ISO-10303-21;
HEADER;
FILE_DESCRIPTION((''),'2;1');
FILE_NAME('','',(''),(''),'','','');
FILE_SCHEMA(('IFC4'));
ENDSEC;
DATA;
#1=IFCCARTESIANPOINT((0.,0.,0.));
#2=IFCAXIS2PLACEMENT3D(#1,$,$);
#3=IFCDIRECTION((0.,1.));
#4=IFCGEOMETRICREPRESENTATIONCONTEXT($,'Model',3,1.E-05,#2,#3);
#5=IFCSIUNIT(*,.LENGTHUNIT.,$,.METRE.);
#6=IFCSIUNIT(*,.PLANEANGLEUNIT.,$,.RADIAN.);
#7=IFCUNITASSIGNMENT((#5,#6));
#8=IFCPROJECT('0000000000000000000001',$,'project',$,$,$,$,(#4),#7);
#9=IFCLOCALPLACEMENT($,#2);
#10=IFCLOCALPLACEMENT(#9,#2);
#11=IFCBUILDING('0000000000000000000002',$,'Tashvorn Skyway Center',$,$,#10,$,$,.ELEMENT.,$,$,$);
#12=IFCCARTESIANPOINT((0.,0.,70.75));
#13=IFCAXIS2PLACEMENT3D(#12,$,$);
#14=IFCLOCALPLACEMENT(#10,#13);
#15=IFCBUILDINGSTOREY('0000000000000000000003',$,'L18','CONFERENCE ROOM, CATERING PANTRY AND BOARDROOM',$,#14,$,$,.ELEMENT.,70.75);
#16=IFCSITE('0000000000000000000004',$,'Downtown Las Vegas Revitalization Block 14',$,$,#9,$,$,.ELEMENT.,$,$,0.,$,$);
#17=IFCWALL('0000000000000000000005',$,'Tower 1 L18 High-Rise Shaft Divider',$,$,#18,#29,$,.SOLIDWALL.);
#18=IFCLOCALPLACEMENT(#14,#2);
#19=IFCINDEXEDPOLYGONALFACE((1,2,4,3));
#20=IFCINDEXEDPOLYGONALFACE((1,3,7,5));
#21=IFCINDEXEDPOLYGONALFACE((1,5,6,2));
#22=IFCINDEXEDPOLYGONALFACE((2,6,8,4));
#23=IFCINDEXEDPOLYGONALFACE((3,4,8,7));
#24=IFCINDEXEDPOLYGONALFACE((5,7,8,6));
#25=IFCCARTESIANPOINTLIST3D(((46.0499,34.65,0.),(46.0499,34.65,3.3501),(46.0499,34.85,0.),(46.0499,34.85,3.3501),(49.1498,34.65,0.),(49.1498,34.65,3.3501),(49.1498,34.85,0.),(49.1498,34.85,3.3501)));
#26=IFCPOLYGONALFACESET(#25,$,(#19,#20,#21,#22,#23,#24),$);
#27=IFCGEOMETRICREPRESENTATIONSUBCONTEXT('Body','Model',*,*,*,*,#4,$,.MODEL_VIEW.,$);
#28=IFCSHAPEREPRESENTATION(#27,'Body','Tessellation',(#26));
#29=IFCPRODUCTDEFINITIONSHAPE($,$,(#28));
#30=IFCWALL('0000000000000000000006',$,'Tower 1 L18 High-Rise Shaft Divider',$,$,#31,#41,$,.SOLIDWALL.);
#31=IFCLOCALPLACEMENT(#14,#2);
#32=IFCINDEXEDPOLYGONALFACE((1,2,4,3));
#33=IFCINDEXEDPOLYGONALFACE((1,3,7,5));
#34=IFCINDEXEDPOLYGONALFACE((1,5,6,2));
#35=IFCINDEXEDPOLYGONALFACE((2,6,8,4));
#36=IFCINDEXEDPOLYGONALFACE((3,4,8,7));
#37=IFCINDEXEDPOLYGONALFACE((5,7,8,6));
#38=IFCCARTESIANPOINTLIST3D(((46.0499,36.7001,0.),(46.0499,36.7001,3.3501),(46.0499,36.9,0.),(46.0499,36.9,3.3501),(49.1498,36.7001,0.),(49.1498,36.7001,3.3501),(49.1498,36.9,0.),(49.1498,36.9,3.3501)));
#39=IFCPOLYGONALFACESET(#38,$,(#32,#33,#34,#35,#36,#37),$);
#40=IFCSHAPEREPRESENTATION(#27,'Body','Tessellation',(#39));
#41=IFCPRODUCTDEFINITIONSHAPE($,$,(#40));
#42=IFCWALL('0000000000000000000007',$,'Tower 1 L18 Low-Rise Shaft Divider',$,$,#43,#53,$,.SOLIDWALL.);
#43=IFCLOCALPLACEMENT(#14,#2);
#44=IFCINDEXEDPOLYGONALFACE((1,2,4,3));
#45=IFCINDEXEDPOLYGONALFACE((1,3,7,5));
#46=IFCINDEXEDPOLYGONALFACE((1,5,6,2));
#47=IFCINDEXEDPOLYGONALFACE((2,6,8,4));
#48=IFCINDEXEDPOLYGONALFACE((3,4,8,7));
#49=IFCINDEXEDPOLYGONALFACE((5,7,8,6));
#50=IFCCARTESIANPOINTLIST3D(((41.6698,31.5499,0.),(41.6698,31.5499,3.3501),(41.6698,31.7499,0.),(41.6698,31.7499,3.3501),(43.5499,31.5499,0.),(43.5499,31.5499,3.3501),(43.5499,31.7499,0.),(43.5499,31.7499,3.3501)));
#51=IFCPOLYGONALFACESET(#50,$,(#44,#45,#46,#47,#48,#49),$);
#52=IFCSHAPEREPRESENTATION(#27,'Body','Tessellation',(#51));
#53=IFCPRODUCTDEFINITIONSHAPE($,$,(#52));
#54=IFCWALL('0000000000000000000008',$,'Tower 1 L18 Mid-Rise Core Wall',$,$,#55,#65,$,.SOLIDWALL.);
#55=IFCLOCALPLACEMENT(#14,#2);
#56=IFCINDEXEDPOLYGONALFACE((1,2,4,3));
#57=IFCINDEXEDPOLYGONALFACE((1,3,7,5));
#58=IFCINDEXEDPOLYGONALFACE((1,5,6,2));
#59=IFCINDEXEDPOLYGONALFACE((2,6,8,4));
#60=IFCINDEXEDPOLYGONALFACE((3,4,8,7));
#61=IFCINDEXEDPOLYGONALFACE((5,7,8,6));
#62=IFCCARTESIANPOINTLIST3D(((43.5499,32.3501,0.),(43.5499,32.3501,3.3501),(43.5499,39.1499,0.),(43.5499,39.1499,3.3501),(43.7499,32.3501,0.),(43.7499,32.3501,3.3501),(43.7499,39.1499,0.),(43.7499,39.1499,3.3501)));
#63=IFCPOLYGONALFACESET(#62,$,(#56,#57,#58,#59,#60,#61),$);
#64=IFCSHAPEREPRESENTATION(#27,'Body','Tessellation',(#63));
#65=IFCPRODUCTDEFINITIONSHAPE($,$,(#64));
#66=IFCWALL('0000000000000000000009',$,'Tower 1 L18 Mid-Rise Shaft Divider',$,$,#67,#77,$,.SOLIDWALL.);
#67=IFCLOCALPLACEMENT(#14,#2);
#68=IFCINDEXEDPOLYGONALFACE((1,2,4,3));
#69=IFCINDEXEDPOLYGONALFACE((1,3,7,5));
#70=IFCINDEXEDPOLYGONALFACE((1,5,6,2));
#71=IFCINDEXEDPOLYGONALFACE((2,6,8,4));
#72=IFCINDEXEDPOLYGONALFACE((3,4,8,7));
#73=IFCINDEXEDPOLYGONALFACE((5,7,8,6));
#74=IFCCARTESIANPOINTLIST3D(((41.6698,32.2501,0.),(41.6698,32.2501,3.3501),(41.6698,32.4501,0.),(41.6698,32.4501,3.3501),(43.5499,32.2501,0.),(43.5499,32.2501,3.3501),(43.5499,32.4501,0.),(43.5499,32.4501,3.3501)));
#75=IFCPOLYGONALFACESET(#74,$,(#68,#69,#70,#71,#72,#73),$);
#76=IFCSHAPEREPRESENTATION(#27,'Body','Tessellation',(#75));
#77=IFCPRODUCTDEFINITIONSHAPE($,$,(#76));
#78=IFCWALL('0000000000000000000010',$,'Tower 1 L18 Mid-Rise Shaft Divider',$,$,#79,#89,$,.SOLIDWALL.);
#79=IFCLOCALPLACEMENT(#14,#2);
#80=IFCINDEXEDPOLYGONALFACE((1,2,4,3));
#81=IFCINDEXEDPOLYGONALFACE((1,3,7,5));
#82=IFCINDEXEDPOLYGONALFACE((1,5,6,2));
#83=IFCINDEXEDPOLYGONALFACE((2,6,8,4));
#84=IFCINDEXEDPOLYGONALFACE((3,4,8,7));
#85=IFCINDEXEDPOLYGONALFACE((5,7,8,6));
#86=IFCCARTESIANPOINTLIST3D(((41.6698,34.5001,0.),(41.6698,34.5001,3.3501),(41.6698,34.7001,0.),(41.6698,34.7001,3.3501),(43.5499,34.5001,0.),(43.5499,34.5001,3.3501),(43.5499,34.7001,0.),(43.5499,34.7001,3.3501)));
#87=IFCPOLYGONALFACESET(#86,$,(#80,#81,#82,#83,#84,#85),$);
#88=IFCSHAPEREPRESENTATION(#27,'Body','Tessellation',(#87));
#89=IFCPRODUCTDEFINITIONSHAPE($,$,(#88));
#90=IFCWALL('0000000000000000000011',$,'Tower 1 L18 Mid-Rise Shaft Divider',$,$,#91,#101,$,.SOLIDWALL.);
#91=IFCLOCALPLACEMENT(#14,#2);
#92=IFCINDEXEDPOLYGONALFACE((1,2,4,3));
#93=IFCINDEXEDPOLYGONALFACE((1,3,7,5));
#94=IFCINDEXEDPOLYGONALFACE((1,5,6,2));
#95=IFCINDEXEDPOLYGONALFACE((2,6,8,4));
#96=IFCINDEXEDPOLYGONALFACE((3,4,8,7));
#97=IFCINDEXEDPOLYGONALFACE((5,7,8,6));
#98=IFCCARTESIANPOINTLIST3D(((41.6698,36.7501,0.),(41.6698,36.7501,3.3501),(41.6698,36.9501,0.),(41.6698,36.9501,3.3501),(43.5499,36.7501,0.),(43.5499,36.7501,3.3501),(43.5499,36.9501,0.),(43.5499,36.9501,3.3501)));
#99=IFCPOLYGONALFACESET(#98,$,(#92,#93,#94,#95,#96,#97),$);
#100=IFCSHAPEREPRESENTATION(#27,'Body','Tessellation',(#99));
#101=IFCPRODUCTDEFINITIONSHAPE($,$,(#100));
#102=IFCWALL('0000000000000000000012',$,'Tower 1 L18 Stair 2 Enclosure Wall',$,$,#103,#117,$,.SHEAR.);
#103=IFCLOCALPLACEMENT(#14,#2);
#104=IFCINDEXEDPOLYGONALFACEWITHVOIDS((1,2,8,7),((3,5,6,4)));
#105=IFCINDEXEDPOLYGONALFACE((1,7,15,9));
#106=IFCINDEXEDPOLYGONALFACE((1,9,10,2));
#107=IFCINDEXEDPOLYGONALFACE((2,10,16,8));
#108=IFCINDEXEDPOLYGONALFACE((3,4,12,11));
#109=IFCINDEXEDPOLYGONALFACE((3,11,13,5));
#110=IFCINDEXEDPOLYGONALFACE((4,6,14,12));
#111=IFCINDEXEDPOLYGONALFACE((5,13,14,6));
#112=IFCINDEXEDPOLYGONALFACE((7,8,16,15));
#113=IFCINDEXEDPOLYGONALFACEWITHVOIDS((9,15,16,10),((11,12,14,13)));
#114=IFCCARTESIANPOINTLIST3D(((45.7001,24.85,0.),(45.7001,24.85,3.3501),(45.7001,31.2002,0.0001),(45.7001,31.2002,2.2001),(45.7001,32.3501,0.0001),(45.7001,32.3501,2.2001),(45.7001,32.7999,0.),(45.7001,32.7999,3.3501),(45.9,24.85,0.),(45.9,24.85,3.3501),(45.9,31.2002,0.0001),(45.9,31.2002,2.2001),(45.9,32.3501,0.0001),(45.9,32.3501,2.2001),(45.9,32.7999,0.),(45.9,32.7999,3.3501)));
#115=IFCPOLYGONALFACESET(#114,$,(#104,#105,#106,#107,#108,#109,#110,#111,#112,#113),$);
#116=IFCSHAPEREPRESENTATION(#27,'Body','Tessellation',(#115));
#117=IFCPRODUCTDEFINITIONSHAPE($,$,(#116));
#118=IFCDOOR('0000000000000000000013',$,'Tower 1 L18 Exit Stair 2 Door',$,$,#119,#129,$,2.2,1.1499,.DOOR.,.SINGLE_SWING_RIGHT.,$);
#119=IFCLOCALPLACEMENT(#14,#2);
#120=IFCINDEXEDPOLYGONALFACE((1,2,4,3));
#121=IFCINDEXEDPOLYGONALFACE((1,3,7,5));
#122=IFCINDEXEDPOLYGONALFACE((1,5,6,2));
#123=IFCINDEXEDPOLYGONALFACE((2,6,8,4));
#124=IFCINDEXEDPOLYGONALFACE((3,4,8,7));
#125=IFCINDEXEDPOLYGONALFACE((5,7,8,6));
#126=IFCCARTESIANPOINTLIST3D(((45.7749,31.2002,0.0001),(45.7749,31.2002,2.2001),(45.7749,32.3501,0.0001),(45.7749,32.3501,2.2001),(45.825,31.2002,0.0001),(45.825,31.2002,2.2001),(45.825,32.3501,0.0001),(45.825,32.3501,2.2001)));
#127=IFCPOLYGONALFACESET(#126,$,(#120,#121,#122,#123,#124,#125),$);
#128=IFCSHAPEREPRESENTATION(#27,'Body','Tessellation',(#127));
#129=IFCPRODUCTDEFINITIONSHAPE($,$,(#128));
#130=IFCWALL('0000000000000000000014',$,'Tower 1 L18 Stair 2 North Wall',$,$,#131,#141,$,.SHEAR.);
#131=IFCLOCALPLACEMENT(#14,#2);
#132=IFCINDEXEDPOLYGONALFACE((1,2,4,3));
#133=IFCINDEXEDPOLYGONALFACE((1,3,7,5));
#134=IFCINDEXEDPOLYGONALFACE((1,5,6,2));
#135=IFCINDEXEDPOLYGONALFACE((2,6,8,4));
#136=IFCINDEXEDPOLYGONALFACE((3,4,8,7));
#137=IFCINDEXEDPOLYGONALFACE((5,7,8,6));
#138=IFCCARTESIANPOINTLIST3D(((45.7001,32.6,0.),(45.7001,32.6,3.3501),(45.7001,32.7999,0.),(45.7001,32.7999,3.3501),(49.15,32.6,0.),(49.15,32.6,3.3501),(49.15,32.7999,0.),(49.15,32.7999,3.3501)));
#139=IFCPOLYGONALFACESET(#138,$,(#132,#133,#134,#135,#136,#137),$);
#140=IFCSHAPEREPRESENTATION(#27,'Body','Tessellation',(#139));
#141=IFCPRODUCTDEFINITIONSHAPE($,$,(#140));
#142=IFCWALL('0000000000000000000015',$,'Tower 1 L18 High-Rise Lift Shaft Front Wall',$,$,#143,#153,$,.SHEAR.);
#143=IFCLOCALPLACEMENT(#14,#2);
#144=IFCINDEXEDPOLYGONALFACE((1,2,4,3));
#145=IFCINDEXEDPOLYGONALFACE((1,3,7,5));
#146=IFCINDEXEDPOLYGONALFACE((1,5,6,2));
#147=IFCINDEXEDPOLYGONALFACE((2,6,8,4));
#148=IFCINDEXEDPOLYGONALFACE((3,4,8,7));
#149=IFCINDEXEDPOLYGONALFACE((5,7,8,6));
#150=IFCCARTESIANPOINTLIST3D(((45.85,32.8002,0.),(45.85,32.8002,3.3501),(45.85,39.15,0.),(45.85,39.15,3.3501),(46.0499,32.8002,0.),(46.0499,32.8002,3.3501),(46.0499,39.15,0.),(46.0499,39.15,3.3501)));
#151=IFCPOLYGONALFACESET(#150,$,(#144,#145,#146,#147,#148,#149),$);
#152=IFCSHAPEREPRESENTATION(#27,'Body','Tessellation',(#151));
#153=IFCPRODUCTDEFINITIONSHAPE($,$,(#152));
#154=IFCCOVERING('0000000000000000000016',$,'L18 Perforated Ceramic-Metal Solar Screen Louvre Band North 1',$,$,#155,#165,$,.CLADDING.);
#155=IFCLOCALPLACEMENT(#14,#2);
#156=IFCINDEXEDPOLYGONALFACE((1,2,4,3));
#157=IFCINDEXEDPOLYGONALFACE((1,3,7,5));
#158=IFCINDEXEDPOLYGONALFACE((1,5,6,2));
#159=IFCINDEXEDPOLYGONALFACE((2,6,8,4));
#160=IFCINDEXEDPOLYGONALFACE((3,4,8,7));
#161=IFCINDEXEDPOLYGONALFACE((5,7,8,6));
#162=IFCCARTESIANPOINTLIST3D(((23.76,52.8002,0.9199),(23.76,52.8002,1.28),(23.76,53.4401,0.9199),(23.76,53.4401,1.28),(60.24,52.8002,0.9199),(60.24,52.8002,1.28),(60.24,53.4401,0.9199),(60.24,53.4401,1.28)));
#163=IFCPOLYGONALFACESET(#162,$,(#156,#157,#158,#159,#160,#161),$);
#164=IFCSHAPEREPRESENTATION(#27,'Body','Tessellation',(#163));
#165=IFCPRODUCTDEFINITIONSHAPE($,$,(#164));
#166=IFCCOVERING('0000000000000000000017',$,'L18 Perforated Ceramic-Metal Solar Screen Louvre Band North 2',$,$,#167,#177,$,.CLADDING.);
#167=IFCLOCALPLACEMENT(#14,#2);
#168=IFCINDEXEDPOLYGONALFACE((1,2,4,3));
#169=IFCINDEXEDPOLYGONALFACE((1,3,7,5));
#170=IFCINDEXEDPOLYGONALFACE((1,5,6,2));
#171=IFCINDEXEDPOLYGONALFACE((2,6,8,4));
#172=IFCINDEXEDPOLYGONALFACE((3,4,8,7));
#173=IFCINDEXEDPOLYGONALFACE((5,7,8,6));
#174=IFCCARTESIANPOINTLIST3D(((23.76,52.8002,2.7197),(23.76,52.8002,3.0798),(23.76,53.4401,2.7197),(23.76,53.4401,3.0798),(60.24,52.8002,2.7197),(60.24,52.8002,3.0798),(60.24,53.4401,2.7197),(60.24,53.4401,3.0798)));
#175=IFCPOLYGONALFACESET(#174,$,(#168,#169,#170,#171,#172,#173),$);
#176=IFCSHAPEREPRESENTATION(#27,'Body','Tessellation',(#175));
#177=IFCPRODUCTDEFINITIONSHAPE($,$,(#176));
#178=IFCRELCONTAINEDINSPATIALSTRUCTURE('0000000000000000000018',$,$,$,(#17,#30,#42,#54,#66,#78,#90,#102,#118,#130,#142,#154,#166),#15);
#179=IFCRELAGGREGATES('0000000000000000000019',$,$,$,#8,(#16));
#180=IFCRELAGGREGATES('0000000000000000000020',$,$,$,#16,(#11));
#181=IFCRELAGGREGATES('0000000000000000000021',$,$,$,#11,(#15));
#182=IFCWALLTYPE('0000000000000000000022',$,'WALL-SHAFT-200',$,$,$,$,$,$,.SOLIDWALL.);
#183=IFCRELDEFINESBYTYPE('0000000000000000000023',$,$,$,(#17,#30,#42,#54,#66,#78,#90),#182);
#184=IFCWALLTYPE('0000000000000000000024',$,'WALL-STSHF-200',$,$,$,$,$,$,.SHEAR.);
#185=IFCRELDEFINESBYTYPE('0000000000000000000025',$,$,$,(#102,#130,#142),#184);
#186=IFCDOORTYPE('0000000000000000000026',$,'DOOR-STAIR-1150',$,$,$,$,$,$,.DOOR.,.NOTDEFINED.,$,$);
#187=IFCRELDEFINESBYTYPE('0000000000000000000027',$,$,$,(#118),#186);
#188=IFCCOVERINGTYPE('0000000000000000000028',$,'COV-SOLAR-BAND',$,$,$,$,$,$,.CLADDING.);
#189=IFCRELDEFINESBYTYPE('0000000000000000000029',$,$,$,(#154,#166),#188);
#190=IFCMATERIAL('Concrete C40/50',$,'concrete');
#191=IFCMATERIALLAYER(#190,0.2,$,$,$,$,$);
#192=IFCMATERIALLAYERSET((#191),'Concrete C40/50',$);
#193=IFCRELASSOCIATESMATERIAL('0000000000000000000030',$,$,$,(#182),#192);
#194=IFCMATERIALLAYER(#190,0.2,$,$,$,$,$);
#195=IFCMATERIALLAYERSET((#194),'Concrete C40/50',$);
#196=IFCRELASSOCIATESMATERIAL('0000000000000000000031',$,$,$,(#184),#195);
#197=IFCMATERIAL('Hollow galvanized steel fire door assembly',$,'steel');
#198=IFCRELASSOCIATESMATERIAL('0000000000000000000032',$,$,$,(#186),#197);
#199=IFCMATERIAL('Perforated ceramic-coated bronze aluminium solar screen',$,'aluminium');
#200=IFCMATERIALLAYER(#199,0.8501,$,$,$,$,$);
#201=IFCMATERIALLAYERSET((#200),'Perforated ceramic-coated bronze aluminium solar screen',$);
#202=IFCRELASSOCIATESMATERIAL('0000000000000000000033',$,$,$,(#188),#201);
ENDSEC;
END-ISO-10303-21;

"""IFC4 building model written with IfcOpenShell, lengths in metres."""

from ifc_helpers import new_model, si_unit, direction, frame, frame_2d, origin, origin_2d, place, context, subcontext, project, spatial, rectangle, extrude, material, layer, layer_set, type_object, element, fill, save


model = new_model("IFC4")

# Units and contexts
model_context = context("Model", 3, precision=1e-05, world=origin(), true_north=direction((0.0, 1.0)))
body_context = subcontext(model_context, "Body", "Model", "MODEL_VIEW")
ifc_project = project(units=[si_unit("LENGTHUNIT", "METRE"), si_unit("PLANEANGLEUNIT", "RADIAN")], contexts=[model_context])

# Site, building, storey
site_placement = place(None, origin())
site = spatial("IfcSite", under=ifc_project, at=site_placement, Name="Downtown Las Vegas Revitalization Block 14", CompositionType="ELEMENT", RefElevation=0.0)
building_placement = place(site_placement, origin())
building = spatial("IfcBuilding", under=site, at=building_placement, Name="Tashvorn Skyway Center", CompositionType="ELEMENT")
storey_placement = place(building_placement, frame((0.0, 0.0, 70.75)))
storey = spatial("IfcBuildingStorey", under=building, at=storey_placement, Name="L18", Description="CONFERENCE ROOM, CATERING PANTRY AND BOARDROOM", CompositionType="ELEMENT", Elevation=70.75)

# Shared definitions
ifc_material_1 = material(Name="Concrete C40/50", Category="concrete")
ifc_material_2 = material(Name="Hollow galvanized steel fire door assembly", Category="steel")

# Walls
ifc_layer_1 = layer(ifc_material_1, 0.2)
ifc_layer_set_1 = layer_set([ifc_layer_1], Name="Concrete C40/50")
wall_type_1 = type_object("IfcWallType", Name="WALL-SHAFT-200", PredefinedType="SOLIDWALL", material=ifc_layer_set_1)
for number, where, z_axis, x_axis, name in (
    (1, (46.05, 34.75, 0.0), (0.0, 0.0, 1.0), (1.0, 0.0, 0.0), "Tower 1 L18 High-Rise Shaft Divider"),
    (2, (46.05, 36.8, 0.0), (0.0, 0.0, 1.0), (1.0, 0.0, 0.0), "Tower 1 L18 High-Rise Shaft Divider"),
):
    element("IfcWall", number, at=place(storey_placement, frame(where, z_axis=z_axis, x_axis=x_axis)), inside=storey, type_object=wall_type_1, Name=name, PredefinedType="SOLIDWALL", context=body_context, shape_type="SweptSolid", body=[
        extrude(rectangle(XDim=3.0999, YDim=0.2, at=frame_2d((1.5498, 0.0))), origin(), (0.0, 0.0, 1.0), 3.3501),
    ])
wall_1_placement = place(storey_placement, frame((41.6699, 31.6499, 0.0), z_axis=(0.0, 0.0, 1.0), x_axis=(1.0, 0.0, 0.0)))
element("IfcWall", 3, at=wall_1_placement, inside=storey, type_object=wall_type_1, Name="Tower 1 L18 Low-Rise Shaft Divider", PredefinedType="SOLIDWALL", context=body_context, shape_type="SweptSolid", body=[
    extrude(rectangle(XDim=1.8801, YDim=0.2, at=frame_2d((0.9399, 0.0))), origin(), (0.0, 0.0, 1.0), 3.3501),
])
wall_2_placement = place(storey_placement, frame((43.6499, 32.3501, 0.0), z_axis=(0.0, 0.0, 1.0), x_axis=(0.0, 1.0, 0.0)))
element("IfcWall", 4, at=wall_2_placement, inside=storey, type_object=wall_type_1, Name="Tower 1 L18 Mid-Rise Core Wall", PredefinedType="SOLIDWALL", context=body_context, shape_type="SweptSolid", body=[
    extrude(rectangle(XDim=6.7998, YDim=0.2, at=frame_2d((3.3999, 0.0))), origin(), (0.0, 0.0, 1.0), 3.3501),
])
for number, where, z_axis, x_axis, name in (
    (5, (41.6699, 32.3501, 0.0), (0.0, 0.0, 1.0), (1.0, 0.0, 0.0), "Tower 1 L18 Mid-Rise Shaft Divider"),
    (6, (41.6699, 34.6001, 0.0), (0.0, 0.0, 1.0), (1.0, 0.0, 0.0), "Tower 1 L18 Mid-Rise Shaft Divider"),
    (7, (41.6699, 36.8501, 0.0), (0.0, 0.0, 1.0), (1.0, 0.0, 0.0), "Tower 1 L18 Mid-Rise Shaft Divider"),
):
    element("IfcWall", number, at=place(storey_placement, frame(where, z_axis=z_axis, x_axis=x_axis)), inside=storey, type_object=wall_type_1, Name=name, PredefinedType="SOLIDWALL", context=body_context, shape_type="SweptSolid", body=[
        extrude(rectangle(XDim=1.8801, YDim=0.2, at=frame_2d((0.9399, 0.0))), origin(), (0.0, 0.0, 1.0), 3.3501),
    ])

# Wall, opening, door
ifc_layer_2 = layer(ifc_material_1, 0.2)
ifc_layer_set_2 = layer_set([ifc_layer_2], Name="Concrete C40/50")
wall_type_2 = type_object("IfcWallType", Name="WALL-STSHF-200", PredefinedType="SHEAR", material=ifc_layer_set_2)
wall_3_placement = place(storey_placement, frame((45.8, 32.8, 0.0), z_axis=(0.0, 0.0, 1.0), x_axis=(0.0, -1.0, 0.0)))
wall_3 = element("IfcWall", 8, at=wall_3_placement, inside=storey, type_object=wall_type_2, Name="Tower 1 L18 Stair 2 Enclosure Wall", PredefinedType="SHEAR", context=body_context, shape_type="SweptSolid", body=[
    extrude(rectangle(XDim=7.95, YDim=0.2, at=frame_2d((3.9751, 0.0))), origin(), (0.0, 0.0, 1.0), 3.3501),
])
opening_1_placement = place(wall_3_placement, frame((0.45, 0.0, 0.0)))
opening_1 = element("IfcOpeningElement", 9, at=opening_1_placement, cuts=wall_3, PredefinedType="OPENING", context=body_context, shape_type="SweptSolid", body=[
    extrude(rectangle(XDim=1.1499, YDim=2.2, at=frame_2d((0.575, 1.1001))), frame((0.0, 0.1099, 0.0), z_axis=(0.0, -1.0, 0.0), x_axis=(1.0, 0.0, 0.0)), (0.0, 0.0, 1.0), 0.22),
])
door_type_1 = type_object("IfcDoorType", Name="DOOR-STAIR-1150", OperationType="NOTDEFINED", PredefinedType="DOOR", material=ifc_material_2)
door_1_placement = place(opening_1_placement, origin())
door_1 = element("IfcDoor", 10, at=door_1_placement, inside=storey, type_object=door_type_1, Name="Tower 1 L18 Exit Stair 2 Door", OperationType="SINGLE_SWING_RIGHT", OverallHeight=2.2, OverallWidth=1.1499, PredefinedType="DOOR", context=body_context, shape_type="SweptSolid", body=[
    extrude(rectangle(XDim=1.1499, YDim=2.2, at=frame_2d((0.575, 1.1001))), frame((0.0, 0.0249, 0.0), z_axis=(0.0, -1.0, 0.0), x_axis=(1.0, 0.0, 0.0)), (0.0, 0.0, 1.0), 0.05),
])
fill(opening_1, door_1)

# Walls
wall_4_placement = place(storey_placement, frame((45.7, 32.7, 0.0), z_axis=(0.0, 0.0, 1.0), x_axis=(1.0, 0.0, 0.0)))
element("IfcWall", 11, at=wall_4_placement, inside=storey, type_object=wall_type_2, Name="Tower 1 L18 Stair 2 North Wall", PredefinedType="SHEAR", context=body_context, shape_type="SweptSolid", body=[
    extrude(rectangle(XDim=3.45, YDim=0.2, at=frame_2d((1.7251, 0.0))), origin(), (0.0, 0.0, 1.0), 3.3501),
])
wall_5_placement = place(storey_placement, frame((45.95, 39.1499, 0.0), z_axis=(0.0, 0.0, 1.0), x_axis=(0.0, -1.0, 0.0)))
element("IfcWall", 12, at=wall_5_placement, inside=storey, type_object=wall_type_2, Name="Tower 1 L18 High-Rise Lift Shaft Front Wall", PredefinedType="SHEAR", context=body_context, shape_type="SweptSolid", body=[
    extrude(rectangle(XDim=6.3499, YDim=0.2, at=frame_2d((3.1748, 0.0))), origin(), (0.0, 0.0, 1.0), 3.3501),
])

# Coverings
ifc_material_3 = material(Name="Perforated ceramic-coated bronze aluminium solar screen", Category="aluminium")
ifc_layer_3 = layer(ifc_material_3, 0.8501)
ifc_layer_set_3 = layer_set([ifc_layer_3], Name="Perforated ceramic-coated bronze aluminium solar screen")
covering_type = type_object("IfcCoveringType", Name="COV-SOLAR-BAND", PredefinedType="CLADDING", material=ifc_layer_set_3)
for number, where, z_axis, x_axis, name in (
    (13, (42.0, 53.1201, 0.9199), (0.0, 0.0, 1.0), (1.0, 0.0, 0.0), "L18 Perforated Ceramic-Metal Solar Screen Louvre Band North 1"),
    (14, (42.0, 53.1201, 2.7197), (0.0, 0.0, 1.0), (1.0, 0.0, 0.0), "L18 Perforated Ceramic-Metal Solar Screen Louvre Band North 2"),
):
    element("IfcCovering", number, at=place(storey_placement, frame(where, z_axis=z_axis, x_axis=x_axis)), inside=storey, type_object=covering_type, Name=name, PredefinedType="CLADDING", context=body_context, shape_type="SweptSolid", body=[
        extrude(rectangle(XDim=36.48, YDim=0.6399, at=origin_2d()), origin(), (0.0, 0.0, 1.0), 0.3601),
    ])

save(model, "model.ifc")
